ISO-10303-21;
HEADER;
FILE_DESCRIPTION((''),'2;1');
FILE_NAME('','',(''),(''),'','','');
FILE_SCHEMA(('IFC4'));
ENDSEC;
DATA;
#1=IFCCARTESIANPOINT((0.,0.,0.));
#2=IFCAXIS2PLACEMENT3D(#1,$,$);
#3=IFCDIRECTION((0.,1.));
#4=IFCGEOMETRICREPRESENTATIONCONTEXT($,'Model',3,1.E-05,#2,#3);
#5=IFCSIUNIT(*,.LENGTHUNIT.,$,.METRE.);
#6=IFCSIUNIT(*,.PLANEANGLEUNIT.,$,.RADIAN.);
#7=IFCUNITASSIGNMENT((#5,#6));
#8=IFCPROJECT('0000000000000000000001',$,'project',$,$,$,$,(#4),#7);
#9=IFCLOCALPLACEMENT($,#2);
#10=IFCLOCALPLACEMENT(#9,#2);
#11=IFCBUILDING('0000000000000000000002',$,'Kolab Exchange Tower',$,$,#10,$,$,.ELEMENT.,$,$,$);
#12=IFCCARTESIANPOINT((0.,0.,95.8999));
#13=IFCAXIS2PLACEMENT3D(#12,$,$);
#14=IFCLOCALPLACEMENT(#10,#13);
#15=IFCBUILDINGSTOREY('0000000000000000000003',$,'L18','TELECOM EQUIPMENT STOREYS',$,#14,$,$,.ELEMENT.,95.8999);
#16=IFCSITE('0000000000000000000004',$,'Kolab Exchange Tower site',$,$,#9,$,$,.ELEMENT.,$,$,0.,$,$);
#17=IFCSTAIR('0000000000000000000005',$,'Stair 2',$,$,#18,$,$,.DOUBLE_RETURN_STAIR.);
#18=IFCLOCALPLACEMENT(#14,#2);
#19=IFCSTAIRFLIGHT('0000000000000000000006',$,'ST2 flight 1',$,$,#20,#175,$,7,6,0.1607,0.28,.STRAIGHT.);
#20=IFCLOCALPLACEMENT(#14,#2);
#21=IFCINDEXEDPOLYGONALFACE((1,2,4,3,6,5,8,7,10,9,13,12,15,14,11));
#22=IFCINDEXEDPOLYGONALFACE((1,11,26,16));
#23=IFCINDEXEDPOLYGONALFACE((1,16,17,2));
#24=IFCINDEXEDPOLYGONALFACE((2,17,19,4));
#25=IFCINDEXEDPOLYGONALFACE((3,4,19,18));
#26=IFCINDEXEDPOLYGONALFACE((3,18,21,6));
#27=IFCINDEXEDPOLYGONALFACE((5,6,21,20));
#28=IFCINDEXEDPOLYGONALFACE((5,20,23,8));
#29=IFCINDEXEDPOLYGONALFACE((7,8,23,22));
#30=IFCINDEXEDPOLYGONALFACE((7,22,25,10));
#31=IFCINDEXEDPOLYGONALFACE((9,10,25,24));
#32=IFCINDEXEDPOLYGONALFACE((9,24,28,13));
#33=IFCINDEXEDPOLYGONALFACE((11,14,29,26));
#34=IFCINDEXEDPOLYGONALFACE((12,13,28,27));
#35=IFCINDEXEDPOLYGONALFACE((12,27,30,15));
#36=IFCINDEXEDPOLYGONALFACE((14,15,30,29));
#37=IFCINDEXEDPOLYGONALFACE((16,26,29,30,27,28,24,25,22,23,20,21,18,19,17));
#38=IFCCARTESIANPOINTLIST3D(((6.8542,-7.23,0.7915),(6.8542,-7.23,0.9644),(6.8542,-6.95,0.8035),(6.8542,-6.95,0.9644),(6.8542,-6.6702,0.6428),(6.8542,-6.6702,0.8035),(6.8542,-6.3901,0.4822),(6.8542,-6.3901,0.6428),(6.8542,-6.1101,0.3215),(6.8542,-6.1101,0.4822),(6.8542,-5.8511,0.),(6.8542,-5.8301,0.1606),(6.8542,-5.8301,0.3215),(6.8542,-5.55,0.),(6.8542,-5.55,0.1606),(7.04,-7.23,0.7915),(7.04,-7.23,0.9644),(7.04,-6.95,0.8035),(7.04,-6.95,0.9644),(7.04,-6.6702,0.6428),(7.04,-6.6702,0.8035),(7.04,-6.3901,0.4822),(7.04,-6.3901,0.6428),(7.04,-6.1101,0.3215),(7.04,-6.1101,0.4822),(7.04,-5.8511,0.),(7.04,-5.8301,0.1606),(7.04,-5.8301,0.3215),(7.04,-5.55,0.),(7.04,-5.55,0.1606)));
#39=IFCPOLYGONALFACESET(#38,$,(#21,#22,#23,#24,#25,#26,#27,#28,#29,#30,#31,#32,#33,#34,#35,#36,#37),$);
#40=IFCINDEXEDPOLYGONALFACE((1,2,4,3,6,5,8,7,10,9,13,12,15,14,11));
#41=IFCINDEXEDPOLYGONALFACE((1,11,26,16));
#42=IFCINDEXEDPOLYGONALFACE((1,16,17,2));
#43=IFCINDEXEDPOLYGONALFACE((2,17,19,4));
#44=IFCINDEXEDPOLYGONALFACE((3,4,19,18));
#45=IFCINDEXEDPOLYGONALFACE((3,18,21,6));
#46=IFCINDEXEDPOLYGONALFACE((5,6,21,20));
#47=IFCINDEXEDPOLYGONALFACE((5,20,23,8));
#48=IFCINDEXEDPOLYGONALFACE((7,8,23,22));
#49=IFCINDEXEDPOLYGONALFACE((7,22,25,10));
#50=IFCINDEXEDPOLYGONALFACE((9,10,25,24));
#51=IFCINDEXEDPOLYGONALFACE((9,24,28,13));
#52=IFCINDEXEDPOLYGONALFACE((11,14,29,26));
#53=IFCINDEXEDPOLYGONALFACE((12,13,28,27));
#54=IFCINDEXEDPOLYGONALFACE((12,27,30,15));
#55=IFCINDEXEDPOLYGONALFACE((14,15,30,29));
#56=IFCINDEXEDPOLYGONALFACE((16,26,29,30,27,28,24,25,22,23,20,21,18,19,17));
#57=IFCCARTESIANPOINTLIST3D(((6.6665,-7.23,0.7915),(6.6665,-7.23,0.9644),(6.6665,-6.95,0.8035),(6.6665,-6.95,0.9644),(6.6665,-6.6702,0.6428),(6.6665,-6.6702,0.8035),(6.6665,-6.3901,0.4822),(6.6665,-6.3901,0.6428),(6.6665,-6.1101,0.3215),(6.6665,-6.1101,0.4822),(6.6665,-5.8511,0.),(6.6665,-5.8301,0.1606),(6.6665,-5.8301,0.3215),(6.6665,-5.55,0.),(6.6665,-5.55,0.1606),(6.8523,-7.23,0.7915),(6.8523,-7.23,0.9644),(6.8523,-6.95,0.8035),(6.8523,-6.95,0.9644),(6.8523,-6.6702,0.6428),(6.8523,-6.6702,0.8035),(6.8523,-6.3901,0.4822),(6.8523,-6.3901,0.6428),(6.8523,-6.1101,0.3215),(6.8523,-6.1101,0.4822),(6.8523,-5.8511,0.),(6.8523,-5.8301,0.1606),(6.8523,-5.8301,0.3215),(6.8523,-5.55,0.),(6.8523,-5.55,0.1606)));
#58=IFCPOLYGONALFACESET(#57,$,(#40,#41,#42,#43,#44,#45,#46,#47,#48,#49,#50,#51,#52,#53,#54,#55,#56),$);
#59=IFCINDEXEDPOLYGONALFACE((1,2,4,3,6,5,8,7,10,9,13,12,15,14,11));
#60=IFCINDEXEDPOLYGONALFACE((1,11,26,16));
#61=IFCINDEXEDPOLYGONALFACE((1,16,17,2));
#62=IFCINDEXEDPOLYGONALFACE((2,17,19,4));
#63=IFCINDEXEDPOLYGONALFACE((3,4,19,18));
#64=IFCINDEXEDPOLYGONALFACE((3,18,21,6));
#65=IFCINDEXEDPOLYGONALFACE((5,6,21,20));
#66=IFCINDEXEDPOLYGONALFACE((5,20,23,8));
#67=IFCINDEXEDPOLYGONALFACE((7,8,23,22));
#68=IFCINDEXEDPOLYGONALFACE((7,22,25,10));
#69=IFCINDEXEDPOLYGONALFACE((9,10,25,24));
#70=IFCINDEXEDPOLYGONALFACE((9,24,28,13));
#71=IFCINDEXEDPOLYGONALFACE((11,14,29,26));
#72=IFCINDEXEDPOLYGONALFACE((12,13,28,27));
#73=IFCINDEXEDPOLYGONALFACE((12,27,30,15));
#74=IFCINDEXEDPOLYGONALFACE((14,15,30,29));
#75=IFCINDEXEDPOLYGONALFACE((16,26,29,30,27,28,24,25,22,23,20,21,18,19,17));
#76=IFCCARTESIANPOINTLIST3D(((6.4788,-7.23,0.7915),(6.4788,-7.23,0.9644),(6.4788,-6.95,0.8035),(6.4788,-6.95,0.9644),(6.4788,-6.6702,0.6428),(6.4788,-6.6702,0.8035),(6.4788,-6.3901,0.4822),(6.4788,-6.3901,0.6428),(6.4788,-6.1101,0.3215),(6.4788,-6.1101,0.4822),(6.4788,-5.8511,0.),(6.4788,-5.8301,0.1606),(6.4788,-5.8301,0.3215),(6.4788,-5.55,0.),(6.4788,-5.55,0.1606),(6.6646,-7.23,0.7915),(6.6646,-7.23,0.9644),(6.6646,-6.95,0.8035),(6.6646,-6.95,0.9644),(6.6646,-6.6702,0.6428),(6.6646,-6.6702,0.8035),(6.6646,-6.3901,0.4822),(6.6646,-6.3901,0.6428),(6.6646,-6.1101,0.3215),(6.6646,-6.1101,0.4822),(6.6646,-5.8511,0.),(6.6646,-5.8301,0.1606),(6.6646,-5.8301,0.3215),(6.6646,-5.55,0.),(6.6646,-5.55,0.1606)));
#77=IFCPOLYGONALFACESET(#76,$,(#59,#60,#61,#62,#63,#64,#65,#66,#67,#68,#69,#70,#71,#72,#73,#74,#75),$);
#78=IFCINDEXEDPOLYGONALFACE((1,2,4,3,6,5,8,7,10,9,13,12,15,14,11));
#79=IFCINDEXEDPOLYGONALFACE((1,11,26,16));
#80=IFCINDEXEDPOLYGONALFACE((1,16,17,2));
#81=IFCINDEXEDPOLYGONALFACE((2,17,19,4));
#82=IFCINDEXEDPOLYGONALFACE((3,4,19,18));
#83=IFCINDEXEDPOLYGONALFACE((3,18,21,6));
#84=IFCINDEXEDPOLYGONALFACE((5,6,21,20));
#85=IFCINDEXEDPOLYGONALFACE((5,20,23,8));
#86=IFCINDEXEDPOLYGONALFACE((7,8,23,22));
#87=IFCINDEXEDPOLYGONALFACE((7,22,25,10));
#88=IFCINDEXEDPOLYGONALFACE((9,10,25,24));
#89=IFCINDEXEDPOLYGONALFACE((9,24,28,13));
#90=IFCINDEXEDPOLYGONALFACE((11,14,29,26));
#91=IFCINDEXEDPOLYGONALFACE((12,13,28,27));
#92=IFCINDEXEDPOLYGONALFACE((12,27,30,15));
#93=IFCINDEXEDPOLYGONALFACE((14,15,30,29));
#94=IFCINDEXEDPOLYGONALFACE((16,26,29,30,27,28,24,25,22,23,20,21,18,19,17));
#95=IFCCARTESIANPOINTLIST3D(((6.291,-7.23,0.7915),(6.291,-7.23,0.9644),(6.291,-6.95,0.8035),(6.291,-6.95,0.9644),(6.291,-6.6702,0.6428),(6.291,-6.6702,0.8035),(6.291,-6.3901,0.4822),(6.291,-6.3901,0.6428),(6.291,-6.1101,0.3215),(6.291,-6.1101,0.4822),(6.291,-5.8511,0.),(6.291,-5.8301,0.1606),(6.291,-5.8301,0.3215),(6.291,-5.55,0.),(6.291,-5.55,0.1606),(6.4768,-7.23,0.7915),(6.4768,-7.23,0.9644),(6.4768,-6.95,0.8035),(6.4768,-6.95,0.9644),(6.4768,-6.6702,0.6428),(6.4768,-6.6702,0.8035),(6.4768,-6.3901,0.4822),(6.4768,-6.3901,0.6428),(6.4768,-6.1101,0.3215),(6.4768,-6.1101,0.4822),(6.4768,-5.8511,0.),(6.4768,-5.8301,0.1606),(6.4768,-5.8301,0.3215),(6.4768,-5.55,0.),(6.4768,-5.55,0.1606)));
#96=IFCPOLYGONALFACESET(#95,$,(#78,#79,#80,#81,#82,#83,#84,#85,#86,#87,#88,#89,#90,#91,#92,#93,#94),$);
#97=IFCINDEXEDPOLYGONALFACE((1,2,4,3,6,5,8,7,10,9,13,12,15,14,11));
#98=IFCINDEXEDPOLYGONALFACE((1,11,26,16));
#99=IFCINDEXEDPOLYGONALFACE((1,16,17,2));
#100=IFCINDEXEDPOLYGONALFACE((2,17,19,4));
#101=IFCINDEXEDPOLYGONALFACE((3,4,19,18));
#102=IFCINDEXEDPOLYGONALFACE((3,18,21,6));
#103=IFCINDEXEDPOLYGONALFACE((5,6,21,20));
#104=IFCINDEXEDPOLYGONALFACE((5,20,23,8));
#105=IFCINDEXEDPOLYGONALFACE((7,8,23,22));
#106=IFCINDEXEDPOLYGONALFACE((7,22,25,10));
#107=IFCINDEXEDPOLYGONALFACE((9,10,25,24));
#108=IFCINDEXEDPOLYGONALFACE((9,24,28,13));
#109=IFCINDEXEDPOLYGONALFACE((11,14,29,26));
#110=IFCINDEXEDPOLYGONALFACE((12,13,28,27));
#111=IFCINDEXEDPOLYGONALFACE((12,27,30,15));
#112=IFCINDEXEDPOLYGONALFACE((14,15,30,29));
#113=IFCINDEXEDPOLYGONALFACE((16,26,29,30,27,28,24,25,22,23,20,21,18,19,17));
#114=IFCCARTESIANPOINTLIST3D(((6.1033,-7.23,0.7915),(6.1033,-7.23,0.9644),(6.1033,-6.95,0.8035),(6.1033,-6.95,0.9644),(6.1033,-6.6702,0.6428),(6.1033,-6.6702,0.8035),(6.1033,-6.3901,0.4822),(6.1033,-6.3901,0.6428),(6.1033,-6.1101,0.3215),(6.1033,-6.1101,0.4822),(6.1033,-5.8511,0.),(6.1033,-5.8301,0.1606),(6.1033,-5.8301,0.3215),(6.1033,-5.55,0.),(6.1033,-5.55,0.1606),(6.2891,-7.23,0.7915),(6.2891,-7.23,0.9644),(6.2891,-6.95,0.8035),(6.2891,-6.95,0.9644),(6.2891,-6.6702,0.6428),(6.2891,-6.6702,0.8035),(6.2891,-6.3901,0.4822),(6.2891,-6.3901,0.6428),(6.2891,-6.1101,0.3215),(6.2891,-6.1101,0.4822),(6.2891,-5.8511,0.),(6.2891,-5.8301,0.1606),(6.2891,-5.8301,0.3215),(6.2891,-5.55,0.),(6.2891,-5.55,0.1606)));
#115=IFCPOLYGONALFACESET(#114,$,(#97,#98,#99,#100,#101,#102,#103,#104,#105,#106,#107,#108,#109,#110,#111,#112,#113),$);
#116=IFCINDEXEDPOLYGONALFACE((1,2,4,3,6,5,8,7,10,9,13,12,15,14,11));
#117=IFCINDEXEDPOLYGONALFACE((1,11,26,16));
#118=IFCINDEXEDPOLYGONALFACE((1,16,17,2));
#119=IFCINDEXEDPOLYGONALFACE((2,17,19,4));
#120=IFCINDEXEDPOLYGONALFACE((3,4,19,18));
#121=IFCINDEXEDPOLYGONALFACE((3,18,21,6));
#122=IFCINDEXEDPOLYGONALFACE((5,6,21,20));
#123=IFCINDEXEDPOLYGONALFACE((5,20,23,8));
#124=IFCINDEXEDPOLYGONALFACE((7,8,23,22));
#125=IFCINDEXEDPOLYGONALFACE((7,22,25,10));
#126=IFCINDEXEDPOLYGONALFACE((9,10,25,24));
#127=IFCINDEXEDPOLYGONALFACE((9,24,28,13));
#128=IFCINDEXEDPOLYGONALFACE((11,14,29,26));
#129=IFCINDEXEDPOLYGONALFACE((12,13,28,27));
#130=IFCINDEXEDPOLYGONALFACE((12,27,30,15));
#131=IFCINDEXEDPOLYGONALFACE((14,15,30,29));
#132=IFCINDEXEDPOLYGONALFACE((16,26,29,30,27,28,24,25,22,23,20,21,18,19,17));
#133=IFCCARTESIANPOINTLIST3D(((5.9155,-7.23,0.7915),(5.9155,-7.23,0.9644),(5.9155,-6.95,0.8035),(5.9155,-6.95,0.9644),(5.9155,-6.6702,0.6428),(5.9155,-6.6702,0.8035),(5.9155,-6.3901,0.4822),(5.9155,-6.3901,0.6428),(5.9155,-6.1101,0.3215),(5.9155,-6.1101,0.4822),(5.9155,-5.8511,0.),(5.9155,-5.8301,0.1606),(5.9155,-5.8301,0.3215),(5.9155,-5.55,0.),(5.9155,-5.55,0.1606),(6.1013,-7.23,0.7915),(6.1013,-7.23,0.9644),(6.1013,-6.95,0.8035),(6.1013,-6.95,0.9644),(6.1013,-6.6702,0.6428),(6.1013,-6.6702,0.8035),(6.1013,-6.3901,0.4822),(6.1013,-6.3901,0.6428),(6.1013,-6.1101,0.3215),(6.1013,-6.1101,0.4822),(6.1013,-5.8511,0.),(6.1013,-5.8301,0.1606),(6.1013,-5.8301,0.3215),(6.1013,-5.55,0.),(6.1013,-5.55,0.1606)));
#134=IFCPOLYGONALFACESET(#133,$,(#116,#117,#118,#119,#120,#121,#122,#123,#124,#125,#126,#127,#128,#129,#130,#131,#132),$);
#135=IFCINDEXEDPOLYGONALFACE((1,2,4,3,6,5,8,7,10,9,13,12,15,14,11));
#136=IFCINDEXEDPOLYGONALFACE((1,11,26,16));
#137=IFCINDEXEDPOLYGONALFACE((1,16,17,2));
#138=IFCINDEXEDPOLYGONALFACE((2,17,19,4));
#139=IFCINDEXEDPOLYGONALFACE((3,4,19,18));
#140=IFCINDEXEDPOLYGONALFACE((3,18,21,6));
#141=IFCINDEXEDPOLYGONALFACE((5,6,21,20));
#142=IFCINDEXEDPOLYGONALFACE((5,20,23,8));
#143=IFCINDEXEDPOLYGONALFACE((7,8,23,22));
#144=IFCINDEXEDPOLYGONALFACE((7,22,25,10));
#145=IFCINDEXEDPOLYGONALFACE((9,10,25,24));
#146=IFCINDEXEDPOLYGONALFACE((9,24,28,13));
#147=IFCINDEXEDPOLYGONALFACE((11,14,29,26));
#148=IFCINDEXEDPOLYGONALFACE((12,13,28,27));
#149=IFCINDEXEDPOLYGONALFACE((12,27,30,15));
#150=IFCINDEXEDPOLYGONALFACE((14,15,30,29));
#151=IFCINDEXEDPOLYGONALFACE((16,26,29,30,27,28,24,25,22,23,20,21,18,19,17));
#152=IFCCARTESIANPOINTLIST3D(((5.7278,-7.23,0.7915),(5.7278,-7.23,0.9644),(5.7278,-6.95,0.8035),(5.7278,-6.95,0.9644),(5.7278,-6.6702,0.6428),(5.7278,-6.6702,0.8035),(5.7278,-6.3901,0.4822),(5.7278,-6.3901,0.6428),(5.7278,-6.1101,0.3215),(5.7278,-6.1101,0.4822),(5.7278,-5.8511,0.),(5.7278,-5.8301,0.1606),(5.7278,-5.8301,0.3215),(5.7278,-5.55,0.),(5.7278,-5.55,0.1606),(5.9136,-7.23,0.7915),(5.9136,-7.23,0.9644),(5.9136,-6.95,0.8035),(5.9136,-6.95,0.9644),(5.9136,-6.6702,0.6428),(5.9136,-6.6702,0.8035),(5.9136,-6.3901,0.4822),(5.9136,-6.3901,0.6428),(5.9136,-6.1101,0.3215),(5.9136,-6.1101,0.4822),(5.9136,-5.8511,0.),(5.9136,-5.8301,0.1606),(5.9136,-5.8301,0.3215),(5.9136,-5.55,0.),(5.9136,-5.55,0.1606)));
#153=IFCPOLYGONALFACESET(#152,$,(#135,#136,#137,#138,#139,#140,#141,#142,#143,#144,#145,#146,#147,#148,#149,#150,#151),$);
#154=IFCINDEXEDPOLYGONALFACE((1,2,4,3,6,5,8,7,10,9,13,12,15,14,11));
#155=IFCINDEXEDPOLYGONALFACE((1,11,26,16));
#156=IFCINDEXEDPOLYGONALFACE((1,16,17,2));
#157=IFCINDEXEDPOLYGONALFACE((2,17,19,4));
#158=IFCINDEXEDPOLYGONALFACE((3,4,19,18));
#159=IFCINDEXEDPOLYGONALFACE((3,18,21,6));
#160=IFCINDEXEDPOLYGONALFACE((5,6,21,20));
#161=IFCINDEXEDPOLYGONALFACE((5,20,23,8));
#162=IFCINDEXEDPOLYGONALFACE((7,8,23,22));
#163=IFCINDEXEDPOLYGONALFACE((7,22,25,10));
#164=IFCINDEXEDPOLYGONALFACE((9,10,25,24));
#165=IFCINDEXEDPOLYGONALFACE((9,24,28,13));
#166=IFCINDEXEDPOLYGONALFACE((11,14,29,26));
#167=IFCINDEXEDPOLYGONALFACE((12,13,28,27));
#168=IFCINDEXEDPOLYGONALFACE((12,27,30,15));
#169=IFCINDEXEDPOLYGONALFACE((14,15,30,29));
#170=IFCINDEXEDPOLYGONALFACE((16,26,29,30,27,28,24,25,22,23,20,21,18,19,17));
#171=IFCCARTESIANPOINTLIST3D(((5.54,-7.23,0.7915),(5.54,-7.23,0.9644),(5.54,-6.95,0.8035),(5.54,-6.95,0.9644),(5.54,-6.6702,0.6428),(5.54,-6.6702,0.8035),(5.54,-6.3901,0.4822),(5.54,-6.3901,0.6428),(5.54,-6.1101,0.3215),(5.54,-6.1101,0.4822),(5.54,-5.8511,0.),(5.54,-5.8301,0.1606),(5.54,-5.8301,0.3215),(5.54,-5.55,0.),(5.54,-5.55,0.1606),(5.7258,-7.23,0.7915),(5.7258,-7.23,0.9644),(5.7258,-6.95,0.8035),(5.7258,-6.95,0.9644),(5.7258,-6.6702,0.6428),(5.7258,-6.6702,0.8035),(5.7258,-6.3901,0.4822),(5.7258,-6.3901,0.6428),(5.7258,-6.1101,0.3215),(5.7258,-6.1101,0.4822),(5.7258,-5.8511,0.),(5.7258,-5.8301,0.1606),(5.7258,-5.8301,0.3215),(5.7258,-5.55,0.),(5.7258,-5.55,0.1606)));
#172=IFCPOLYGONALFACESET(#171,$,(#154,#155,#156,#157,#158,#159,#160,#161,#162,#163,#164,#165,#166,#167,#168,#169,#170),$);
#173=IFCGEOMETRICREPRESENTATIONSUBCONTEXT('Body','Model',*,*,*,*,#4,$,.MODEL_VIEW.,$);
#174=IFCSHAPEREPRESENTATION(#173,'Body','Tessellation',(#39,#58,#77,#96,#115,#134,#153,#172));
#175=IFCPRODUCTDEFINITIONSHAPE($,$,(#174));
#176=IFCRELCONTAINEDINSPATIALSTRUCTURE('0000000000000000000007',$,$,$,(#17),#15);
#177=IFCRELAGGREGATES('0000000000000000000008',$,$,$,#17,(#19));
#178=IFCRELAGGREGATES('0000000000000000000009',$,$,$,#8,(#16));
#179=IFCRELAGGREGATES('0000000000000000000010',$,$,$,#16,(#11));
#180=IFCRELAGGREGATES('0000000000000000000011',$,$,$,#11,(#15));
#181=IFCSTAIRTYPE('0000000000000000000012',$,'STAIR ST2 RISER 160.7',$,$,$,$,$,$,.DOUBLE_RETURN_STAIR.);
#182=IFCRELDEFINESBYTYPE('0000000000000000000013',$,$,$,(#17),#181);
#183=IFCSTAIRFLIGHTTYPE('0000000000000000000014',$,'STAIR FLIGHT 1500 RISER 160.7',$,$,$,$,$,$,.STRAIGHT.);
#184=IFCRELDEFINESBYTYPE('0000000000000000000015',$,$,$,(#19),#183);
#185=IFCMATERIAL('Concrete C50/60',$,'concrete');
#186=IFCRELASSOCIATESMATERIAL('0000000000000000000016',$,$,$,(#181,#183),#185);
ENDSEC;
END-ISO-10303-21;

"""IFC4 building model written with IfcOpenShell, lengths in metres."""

from ifc_helpers import new_model, si_unit, direction, frame, origin, place, context, subcontext, project, spatial, polyline, outline, extrude, material, type_object, element, aggregate, save


model = new_model("IFC4")

# Units and contexts
model_context = context("Model", 3, precision=1e-05, world=origin(), true_north=direction((0.0, 1.0)))
body_context = subcontext(model_context, "Body", "Model", "MODEL_VIEW")
ifc_project = project(units=[si_unit("LENGTHUNIT", "METRE"), si_unit("PLANEANGLEUNIT", "RADIAN")], contexts=[model_context])

# Site, building, storey
site_placement = place(None, origin())
site = spatial("IfcSite", under=ifc_project, at=site_placement, Name="Kolab Exchange Tower site", CompositionType="ELEMENT", RefElevation=0.0)
building_placement = place(site_placement, origin())
building = spatial("IfcBuilding", under=site, at=building_placement, Name="Kolab Exchange Tower", CompositionType="ELEMENT")
storey_placement = place(building_placement, frame((0.0, 0.0, 95.8999)))
storey = spatial("IfcBuildingStorey", under=building, at=storey_placement, Name="L18", Description="TELECOM EQUIPMENT STOREYS", CompositionType="ELEMENT", Elevation=95.8999)

# Shared definitions
ifc_material_1 = material(Name="Concrete C50/60", Category="concrete")

# Stair, stair flight
stair_type = type_object("IfcStairType", Name="STAIR ST2 RISER 160.7", PredefinedType="DOUBLE_RETURN_STAIR", material=ifc_material_1)
stair_placement = place(storey_placement, origin())
stair = element("IfcStair", 1, at=stair_placement, inside=storey, type_object=stair_type, Name="Stair 2", PredefinedType="DOUBLE_RETURN_STAIR")
stair_flight_type = type_object("IfcStairFlightType", Name="STAIR FLIGHT 1500 RISER 160.7", PredefinedType="STRAIGHT", material=ifc_material_1)
stair_flight_1_placement = place(storey_placement, frame((6.29, -5.55, 0.0), z_axis=(0.0, 0.0, 1.0), x_axis=(0.0, -1.0, 0.0)))
stair_flight_1 = element("IfcStairFlight", 2, at=stair_flight_1_placement, type_object=stair_flight_type, Name="ST2 flight 1", NumberOfRisers=7, NumberOfTreads=6, PredefinedType="STRAIGHT", RiserHeight=0.1607, TreadLength=0.28, context=body_context, shape_type="SweptSolid", body=[
    extrude(outline(polyline([(0.0, 0.0), (0.0, 0.1606), (0.28, 0.1606), (0.28, 0.3215), (0.5601, 0.3215), (0.5601, 0.4822), (0.8401, 0.4822), (0.8401, 0.6428), (1.1201, 0.6428), (1.1201, 0.8035), (1.3999, 0.8035), (1.3999, 0.9644), (1.6799, 0.9644), (1.6799, 1.125), (1.6799, 0.7915), (0.301, 0.0), (0.0, 0.0)])), frame((0.0, 0.75, 0.0), z_axis=(0.0, -1.0, 0.0), x_axis=(1.0, 0.0, 0.0)), (0.0, 0.0, 1.0), 0.1858),
    extrude(outline(polyline([(0.0, 0.0), (0.0, 0.1606), (0.28, 0.1606), (0.28, 0.3215), (0.5601, 0.3215), (0.5601, 0.4822), (0.8401, 0.4822), (0.8401, 0.6428), (1.1201, 0.6428), (1.1201, 0.8035), (1.3999, 0.8035), (1.3999, 0.9644), (1.6799, 0.9644), (1.6799, 1.125), (1.6799, 0.7915), (0.301, 0.0), (0.0, 0.0)])), frame((0.0, 0.5623, 0.0), z_axis=(0.0, -1.0, 0.0), x_axis=(1.0, 0.0, 0.0)), (0.0, 0.0, 1.0), 0.1858),
    extrude(outline(polyline([(0.0, 0.0), (0.0, 0.1606), (0.28, 0.1606), (0.28, 0.3215), (0.5601, 0.3215), (0.5601, 0.4822), (0.8401, 0.4822), (0.8401, 0.6428), (1.1201, 0.6428), (1.1201, 0.8035), (1.3999, 0.8035), (1.3999, 0.9644), (1.6799, 0.9644), (1.6799, 1.125), (1.6799, 0.7915), (0.301, 0.0), (0.0, 0.0)])), frame((0.0, 0.3745, 0.0), z_axis=(0.0, -1.0, 0.0), x_axis=(1.0, 0.0, 0.0)), (0.0, 0.0, 1.0), 0.1858),
    extrude(outline(polyline([(0.0, 0.0), (0.0, 0.1606), (0.28, 0.1606), (0.28, 0.3215), (0.5601, 0.3215), (0.5601, 0.4822), (0.8401, 0.4822), (0.8401, 0.6428), (1.1201, 0.6428), (1.1201, 0.8035), (1.3999, 0.8035), (1.3999, 0.9644), (1.6799, 0.9644), (1.6799, 1.125), (1.6799, 0.7915), (0.301, 0.0), (0.0, 0.0)])), frame((0.0, 0.1868, 0.0), z_axis=(0.0, -1.0, 0.0), x_axis=(1.0, 0.0, 0.0)), (0.0, 0.0, 1.0), 0.1858),
    extrude(outline(polyline([(0.0, 0.0), (0.0, 0.1606), (0.28, 0.1606), (0.28, 0.3215), (0.5601, 0.3215), (0.5601, 0.4822), (0.8401, 0.4822), (0.8401, 0.6428), (1.1201, 0.6428), (1.1201, 0.8035), (1.3999, 0.8035), (1.3999, 0.9644), (1.6799, 0.9644), (1.6799, 1.125), (1.6799, 0.7915), (0.301, 0.0), (0.0, 0.0)])), frame((0.0, -0.001, 0.0), z_axis=(0.0, -1.0, 0.0), x_axis=(1.0, 0.0, 0.0)), (0.0, 0.0, 1.0), 0.1858),
    extrude(outline(polyline([(0.0, 0.0), (0.0, 0.1606), (0.28, 0.1606), (0.28, 0.3215), (0.5601, 0.3215), (0.5601, 0.4822), (0.8401, 0.4822), (0.8401, 0.6428), (1.1201, 0.6428), (1.1201, 0.8035), (1.3999, 0.8035), (1.3999, 0.9644), (1.6799, 0.9644), (1.6799, 1.125), (1.6799, 0.7915), (0.301, 0.0), (0.0, 0.0)])), frame((0.0, -0.1887, 0.0), z_axis=(0.0, -1.0, 0.0), x_axis=(1.0, 0.0, 0.0)), (0.0, 0.0, 1.0), 0.1858),
    extrude(outline(polyline([(0.0, 0.0), (0.0, 0.1606), (0.28, 0.1606), (0.28, 0.3215), (0.5601, 0.3215), (0.5601, 0.4822), (0.8401, 0.4822), (0.8401, 0.6428), (1.1201, 0.6428), (1.1201, 0.8035), (1.3999, 0.8035), (1.3999, 0.9644), (1.6799, 0.9644), (1.6799, 1.125), (1.6799, 0.7915), (0.301, 0.0), (0.0, 0.0)])), frame((0.0, -0.3765, 0.0), z_axis=(0.0, -1.0, 0.0), x_axis=(1.0, 0.0, 0.0)), (0.0, 0.0, 1.0), 0.1858),
    extrude(outline(polyline([(0.0, 0.0), (0.0, 0.1606), (0.28, 0.1606), (0.28, 0.3215), (0.5601, 0.3215), (0.5601, 0.4822), (0.8401, 0.4822), (0.8401, 0.6428), (1.1201, 0.6428), (1.1201, 0.8035), (1.3999, 0.8035), (1.3999, 0.9644), (1.6799, 0.9644), (1.6799, 1.125), (1.6799, 0.7915), (0.301, 0.0), (0.0, 0.0)])), frame((0.0, -0.5642, 0.0), z_axis=(0.0, -1.0, 0.0), x_axis=(1.0, 0.0, 0.0)), (0.0, 0.0, 1.0), 0.1858),
])
aggregate(stair, [stair_flight_1])

save(model, "model.ifc")
